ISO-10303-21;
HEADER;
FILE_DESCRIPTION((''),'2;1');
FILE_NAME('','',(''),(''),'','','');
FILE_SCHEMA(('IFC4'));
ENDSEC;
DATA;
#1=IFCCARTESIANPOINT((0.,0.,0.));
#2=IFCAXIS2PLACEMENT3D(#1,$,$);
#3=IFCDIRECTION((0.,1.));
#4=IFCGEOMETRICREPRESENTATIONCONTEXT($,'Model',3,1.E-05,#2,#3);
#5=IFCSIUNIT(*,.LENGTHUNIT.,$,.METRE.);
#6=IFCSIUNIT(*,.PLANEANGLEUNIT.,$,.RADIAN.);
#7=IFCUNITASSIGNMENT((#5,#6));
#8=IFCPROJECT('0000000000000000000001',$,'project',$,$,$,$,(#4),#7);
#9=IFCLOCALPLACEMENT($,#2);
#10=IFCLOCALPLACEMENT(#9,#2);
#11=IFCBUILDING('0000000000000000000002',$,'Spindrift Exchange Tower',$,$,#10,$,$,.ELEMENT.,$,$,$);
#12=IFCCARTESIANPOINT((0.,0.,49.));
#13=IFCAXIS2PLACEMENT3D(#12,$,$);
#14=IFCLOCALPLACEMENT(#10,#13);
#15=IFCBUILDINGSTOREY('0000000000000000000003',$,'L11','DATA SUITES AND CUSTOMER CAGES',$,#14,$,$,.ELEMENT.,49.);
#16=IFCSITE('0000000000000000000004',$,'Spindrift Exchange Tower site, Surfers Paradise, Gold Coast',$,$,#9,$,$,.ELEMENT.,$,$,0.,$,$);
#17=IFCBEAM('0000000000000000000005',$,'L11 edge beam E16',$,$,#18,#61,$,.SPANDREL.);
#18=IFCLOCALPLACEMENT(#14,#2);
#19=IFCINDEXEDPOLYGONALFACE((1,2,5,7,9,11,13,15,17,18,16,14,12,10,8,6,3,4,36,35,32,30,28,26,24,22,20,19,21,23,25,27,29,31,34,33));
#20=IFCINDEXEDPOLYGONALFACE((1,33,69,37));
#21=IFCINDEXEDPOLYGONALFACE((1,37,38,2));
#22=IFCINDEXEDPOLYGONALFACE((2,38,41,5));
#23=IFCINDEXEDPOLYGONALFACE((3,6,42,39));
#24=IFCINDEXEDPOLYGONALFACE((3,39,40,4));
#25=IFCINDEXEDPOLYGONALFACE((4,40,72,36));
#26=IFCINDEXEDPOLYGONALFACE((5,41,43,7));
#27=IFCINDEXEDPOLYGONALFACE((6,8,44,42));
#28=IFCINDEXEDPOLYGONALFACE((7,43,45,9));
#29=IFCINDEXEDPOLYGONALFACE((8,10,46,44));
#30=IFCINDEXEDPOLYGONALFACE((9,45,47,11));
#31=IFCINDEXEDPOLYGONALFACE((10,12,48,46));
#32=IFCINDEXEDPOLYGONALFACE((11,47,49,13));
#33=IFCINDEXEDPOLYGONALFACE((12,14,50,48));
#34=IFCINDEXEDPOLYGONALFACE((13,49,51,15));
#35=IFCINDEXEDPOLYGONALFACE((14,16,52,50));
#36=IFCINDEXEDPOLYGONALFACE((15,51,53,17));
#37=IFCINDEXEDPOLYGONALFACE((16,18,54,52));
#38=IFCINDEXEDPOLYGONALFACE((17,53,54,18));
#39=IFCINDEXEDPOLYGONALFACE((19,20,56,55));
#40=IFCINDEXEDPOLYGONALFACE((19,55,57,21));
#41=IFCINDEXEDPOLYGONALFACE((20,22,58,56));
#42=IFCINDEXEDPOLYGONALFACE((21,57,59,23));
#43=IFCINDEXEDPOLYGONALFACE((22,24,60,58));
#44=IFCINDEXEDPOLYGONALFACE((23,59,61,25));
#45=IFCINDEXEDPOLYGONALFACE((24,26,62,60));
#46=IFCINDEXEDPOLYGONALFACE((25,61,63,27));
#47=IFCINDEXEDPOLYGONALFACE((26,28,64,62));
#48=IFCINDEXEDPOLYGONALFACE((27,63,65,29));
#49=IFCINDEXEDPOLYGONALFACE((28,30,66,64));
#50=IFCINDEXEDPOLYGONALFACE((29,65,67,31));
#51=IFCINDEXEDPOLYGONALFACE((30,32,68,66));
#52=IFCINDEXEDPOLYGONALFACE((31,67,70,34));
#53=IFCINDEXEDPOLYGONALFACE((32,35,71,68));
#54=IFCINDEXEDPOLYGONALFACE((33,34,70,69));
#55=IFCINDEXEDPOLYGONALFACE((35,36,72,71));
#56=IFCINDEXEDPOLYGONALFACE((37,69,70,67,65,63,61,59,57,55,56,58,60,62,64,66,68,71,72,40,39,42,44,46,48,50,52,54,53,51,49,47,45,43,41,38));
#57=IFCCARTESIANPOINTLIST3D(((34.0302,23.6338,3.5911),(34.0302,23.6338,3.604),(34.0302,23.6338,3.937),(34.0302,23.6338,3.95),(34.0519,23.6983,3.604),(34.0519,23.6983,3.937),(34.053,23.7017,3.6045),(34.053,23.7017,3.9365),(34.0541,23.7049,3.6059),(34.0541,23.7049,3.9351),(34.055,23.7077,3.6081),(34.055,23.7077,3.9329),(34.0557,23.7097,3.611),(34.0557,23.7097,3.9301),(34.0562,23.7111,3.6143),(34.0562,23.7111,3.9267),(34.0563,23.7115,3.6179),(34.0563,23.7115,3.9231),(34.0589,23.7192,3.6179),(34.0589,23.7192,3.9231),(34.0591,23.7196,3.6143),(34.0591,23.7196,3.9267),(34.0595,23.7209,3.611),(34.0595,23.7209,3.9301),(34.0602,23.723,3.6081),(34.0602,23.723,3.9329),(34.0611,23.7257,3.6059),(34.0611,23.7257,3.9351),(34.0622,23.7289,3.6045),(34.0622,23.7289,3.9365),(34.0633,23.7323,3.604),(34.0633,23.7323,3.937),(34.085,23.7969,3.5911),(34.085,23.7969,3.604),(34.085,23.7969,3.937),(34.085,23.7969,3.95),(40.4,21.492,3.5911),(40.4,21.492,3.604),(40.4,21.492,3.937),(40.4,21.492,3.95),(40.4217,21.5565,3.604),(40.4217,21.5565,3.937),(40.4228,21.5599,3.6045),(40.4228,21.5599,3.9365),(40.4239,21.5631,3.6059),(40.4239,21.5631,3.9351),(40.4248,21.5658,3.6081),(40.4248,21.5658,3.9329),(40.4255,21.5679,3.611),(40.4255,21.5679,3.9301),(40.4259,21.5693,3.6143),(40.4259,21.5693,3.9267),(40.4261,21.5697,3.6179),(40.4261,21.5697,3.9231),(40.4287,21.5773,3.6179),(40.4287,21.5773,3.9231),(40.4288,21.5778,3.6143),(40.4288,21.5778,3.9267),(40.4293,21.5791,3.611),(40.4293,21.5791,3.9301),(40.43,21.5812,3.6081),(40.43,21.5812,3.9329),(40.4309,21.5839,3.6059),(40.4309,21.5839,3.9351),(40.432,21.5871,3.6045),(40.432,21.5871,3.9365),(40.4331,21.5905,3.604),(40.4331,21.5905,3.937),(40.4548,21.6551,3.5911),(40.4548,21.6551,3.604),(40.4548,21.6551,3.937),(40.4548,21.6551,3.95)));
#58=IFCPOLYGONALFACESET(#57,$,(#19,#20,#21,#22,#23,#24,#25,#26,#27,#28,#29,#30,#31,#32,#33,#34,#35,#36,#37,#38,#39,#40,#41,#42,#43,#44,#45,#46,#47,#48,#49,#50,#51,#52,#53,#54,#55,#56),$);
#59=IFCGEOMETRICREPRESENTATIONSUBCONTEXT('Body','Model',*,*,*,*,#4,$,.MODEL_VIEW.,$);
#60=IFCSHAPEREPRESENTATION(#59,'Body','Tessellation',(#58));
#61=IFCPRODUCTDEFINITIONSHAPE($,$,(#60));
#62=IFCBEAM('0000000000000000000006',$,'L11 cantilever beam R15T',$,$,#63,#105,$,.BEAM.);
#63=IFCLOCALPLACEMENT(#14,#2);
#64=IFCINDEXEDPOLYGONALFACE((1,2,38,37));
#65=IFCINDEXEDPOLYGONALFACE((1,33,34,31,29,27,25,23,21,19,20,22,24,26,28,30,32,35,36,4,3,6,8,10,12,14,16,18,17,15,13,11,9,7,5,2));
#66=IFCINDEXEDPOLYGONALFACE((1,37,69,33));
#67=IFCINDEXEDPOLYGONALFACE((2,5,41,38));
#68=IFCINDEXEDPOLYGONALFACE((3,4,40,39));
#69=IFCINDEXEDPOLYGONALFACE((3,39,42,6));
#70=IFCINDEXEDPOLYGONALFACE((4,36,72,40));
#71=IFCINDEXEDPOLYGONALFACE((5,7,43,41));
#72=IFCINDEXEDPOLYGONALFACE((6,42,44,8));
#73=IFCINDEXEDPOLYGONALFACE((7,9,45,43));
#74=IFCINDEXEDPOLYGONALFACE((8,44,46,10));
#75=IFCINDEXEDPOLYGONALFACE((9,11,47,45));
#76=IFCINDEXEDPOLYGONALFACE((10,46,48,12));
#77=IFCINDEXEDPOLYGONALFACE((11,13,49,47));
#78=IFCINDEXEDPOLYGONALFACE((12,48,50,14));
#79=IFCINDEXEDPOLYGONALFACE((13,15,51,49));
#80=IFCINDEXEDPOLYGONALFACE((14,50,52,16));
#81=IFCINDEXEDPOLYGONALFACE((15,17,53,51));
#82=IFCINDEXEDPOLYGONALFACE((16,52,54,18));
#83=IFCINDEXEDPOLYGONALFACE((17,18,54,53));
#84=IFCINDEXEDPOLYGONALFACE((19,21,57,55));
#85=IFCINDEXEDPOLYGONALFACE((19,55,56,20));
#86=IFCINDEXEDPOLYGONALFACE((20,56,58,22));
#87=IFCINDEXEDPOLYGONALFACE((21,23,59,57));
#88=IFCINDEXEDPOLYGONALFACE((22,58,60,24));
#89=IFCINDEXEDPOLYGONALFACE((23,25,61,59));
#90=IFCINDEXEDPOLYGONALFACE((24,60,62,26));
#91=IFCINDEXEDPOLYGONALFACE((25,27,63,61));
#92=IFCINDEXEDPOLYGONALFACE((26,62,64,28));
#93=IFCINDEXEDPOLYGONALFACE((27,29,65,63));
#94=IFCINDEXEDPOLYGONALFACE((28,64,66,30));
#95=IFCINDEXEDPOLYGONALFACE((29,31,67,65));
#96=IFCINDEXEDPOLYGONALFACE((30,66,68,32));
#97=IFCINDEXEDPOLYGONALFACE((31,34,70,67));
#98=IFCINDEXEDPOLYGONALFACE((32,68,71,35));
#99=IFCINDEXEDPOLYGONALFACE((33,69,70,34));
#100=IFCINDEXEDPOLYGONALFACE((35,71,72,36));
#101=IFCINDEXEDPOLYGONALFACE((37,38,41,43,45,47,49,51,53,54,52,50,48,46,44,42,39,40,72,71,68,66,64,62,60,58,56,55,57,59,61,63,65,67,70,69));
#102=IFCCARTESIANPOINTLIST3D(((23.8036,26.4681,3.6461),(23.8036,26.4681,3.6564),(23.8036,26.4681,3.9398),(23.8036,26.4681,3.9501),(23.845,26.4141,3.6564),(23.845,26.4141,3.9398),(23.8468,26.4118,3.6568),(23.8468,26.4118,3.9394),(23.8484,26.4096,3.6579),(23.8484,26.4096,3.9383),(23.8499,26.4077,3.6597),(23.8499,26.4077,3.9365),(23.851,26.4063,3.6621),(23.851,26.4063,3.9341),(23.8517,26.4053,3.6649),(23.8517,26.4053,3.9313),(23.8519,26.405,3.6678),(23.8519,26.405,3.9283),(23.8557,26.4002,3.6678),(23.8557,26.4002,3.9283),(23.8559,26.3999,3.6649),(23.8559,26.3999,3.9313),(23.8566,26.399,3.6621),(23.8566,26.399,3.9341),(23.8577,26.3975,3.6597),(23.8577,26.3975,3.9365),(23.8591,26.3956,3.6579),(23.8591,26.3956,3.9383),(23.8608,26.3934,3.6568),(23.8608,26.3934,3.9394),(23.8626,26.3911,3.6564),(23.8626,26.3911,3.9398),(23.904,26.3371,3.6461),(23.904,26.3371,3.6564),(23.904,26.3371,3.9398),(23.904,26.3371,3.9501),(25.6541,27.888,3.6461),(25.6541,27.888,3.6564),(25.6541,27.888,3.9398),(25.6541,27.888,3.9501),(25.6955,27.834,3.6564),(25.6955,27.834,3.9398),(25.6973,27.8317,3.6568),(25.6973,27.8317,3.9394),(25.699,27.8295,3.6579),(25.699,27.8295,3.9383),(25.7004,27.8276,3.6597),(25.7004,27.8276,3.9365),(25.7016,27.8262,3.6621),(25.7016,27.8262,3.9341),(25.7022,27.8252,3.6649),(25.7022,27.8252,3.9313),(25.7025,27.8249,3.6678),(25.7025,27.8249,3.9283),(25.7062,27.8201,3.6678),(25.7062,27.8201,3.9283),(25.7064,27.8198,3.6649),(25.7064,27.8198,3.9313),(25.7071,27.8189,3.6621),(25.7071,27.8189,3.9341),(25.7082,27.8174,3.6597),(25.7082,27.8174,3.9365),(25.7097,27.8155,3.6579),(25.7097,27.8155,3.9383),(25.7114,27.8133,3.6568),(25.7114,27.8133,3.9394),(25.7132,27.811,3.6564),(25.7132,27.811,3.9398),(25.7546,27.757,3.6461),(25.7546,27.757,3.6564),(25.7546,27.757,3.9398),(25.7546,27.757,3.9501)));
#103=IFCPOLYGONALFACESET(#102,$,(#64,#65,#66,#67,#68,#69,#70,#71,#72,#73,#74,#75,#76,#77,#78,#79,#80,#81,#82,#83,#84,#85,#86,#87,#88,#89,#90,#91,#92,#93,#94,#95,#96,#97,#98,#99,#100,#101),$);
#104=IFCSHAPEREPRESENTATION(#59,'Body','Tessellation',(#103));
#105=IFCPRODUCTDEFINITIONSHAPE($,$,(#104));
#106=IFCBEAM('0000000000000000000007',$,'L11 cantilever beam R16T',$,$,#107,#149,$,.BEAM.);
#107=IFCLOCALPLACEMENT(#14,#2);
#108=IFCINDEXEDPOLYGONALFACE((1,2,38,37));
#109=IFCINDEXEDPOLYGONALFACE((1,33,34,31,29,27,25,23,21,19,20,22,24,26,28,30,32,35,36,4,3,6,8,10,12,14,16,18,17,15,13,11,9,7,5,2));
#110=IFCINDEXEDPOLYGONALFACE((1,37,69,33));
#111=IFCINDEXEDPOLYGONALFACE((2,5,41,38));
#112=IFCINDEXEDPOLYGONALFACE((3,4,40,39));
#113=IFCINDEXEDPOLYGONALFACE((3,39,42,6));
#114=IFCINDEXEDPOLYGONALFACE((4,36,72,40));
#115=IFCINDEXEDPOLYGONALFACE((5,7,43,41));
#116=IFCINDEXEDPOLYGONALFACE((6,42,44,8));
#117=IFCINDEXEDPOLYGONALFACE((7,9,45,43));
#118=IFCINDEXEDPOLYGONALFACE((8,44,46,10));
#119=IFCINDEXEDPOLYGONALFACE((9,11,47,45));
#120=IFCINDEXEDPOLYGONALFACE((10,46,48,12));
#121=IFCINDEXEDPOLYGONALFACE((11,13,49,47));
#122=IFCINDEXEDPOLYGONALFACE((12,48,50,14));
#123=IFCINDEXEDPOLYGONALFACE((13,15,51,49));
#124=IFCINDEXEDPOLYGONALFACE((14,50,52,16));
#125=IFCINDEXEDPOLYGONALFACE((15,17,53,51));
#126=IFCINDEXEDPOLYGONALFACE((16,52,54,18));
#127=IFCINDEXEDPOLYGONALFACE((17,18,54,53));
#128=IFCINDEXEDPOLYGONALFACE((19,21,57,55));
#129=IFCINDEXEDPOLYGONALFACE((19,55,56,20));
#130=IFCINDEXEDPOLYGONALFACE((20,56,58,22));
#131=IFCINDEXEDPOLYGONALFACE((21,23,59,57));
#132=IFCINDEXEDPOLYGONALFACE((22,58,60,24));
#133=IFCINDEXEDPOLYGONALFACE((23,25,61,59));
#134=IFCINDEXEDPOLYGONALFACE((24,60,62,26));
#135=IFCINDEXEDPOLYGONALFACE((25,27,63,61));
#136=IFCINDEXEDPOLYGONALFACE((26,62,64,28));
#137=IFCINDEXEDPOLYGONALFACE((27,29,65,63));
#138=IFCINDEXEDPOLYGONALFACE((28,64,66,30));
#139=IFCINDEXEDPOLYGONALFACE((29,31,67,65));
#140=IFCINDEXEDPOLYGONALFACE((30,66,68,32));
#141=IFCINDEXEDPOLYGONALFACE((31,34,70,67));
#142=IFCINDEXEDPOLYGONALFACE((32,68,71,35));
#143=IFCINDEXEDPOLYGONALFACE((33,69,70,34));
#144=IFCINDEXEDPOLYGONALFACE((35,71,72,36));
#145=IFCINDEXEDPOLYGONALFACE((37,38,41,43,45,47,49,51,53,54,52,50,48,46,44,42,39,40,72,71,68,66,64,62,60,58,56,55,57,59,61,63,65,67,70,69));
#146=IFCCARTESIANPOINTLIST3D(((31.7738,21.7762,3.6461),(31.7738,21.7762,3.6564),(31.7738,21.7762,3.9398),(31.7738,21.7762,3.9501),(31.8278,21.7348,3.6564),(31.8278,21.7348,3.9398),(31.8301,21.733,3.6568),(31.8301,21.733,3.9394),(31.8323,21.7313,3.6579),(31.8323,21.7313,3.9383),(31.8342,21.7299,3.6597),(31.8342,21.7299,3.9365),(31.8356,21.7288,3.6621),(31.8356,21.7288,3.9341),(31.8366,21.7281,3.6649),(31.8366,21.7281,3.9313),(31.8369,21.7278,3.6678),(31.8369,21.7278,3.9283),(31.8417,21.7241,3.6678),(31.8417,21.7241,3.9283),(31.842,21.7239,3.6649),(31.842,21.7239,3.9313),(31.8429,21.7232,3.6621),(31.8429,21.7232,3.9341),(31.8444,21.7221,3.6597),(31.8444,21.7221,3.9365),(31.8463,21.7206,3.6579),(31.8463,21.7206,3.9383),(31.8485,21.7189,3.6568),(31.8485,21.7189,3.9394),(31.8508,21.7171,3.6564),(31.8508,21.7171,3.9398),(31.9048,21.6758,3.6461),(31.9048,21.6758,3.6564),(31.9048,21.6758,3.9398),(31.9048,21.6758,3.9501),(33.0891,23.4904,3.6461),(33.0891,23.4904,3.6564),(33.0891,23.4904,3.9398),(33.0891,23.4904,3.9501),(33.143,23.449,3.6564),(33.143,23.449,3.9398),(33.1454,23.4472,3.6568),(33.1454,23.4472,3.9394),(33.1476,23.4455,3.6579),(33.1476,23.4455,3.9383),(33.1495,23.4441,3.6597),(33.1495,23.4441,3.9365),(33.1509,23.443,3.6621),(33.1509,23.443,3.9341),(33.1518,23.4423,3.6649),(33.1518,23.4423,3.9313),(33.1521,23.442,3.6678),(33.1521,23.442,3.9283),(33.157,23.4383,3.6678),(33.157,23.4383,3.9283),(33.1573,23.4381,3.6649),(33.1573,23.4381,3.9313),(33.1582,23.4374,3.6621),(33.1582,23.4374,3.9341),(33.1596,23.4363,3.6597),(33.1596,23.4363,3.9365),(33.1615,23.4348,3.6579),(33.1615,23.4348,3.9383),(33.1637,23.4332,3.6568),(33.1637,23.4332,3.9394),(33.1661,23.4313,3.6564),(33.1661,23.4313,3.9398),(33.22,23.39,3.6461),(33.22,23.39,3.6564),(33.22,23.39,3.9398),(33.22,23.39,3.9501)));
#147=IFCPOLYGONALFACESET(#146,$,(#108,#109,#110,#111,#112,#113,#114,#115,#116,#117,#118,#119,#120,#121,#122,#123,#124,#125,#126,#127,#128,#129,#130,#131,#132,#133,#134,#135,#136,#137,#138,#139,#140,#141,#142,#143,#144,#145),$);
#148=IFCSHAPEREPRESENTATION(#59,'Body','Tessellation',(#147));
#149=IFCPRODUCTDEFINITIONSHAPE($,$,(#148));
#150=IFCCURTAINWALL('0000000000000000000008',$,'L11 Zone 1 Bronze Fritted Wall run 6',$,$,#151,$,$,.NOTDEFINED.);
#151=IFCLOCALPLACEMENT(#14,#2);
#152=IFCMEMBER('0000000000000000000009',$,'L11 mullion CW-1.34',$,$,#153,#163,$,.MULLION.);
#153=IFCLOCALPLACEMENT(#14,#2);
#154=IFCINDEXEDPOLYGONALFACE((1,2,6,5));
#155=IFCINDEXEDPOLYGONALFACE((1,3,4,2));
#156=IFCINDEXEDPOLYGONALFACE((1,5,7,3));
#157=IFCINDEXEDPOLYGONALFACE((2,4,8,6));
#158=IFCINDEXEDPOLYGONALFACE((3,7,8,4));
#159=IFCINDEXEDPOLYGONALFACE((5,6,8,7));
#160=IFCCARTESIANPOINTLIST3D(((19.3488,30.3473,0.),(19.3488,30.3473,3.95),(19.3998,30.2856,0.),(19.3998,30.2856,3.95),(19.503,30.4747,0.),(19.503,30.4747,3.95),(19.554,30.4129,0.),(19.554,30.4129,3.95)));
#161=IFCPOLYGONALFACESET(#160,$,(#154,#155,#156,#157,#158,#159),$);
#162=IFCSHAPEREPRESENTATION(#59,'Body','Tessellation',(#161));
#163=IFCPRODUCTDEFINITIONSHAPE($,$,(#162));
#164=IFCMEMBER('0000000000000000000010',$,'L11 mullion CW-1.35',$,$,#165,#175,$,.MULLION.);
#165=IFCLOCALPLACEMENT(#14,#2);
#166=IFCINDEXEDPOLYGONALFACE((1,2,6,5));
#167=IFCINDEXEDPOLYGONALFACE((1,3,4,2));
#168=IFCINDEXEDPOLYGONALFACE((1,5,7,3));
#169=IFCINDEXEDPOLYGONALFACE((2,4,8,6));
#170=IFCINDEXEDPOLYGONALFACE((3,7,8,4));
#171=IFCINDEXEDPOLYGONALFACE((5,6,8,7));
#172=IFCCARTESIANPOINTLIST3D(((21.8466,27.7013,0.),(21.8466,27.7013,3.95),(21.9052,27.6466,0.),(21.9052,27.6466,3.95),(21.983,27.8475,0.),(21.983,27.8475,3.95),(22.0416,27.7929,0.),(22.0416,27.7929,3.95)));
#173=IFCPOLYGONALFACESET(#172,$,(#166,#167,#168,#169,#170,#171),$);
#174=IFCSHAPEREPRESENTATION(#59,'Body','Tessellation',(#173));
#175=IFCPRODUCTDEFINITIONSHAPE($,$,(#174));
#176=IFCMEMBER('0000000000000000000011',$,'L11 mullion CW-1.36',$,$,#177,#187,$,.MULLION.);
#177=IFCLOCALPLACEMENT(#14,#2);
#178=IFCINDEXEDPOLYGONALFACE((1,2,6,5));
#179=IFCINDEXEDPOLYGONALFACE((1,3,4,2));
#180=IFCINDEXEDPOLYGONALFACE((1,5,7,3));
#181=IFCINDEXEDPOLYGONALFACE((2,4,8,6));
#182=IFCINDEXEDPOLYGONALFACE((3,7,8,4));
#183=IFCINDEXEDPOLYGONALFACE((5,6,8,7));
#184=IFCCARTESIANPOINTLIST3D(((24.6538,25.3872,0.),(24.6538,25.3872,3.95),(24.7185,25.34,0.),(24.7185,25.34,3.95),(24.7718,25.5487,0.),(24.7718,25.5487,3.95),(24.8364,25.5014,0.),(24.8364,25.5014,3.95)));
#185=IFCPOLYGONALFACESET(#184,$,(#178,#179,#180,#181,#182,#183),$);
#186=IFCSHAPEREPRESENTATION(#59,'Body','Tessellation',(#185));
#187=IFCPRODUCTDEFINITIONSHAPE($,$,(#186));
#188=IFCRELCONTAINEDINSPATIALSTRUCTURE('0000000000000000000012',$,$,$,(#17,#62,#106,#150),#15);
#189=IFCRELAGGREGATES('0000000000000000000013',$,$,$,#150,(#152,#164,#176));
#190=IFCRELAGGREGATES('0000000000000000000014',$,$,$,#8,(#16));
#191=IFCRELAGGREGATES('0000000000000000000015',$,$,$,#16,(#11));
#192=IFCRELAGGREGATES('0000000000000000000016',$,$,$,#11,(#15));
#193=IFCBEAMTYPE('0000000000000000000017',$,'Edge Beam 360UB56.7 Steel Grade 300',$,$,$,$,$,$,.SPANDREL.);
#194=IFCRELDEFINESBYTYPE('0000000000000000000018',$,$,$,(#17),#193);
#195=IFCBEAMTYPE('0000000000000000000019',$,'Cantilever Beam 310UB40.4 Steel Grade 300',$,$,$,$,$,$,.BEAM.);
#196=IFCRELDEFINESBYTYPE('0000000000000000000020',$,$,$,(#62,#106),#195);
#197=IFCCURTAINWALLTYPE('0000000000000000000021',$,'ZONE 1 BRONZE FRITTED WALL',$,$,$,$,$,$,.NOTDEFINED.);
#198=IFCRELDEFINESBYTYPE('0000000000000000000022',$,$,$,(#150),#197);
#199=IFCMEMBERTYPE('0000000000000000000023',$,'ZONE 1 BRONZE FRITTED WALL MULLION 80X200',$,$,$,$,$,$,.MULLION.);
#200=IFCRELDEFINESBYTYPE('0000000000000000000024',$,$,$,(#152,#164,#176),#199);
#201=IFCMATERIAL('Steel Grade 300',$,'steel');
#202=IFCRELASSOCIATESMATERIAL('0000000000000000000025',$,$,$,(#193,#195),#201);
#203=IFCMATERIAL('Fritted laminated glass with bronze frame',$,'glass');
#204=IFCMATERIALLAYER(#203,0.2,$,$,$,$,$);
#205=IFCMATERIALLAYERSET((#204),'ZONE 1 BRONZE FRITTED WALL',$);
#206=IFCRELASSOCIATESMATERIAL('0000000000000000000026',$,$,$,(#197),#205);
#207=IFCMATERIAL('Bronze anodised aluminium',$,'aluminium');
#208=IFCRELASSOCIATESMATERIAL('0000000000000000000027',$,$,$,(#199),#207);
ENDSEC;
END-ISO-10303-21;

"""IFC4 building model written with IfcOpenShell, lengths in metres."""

from ifc_helpers import new_model, si_unit, direction, frame, origin, origin_2d, place, context, subcontext, project, spatial, rectangle, i_section, extrude, source, transform, mapped, material, layer, layer_set, material_profile, profile_set, type_object, element, aggregate, save


model = new_model("IFC4")

# Units and contexts
model_context = context("Model", 3, precision=1e-05, world=origin(), true_north=direction((0.0, 1.0)))
body_context = subcontext(model_context, "Body", "Model", "MODEL_VIEW")
ifc_project = project(units=[si_unit("LENGTHUNIT", "METRE"), si_unit("PLANEANGLEUNIT", "RADIAN")], contexts=[model_context])

# Site, building, storey
site_placement = place(None, origin())
site = spatial("IfcSite", under=ifc_project, at=site_placement, Name="Spindrift Exchange Tower site, Surfers Paradise, Gold Coast", CompositionType="ELEMENT", RefElevation=0.0)
building_placement = place(site_placement, origin())
building = spatial("IfcBuilding", under=site, at=building_placement, Name="Spindrift Exchange Tower", CompositionType="ELEMENT")
storey_placement = place(building_placement, frame((0.0, 0.0, 49.0)))
storey = spatial("IfcBuildingStorey", under=building, at=storey_placement, Name="L11", Description="DATA SUITES AND CUSTOMER CAGES", CompositionType="ELEMENT", Elevation=49.0)

# Beams
ifc_material_1 = material(Name="Steel Grade 300", Category="steel")
ifc_material_profile_1 = material_profile(ifc_material_1, i_section(OverallWidth=0.1721, OverallDepth=0.3589, WebThickness=0.0081, FlangeThickness=0.0129, FilletRadius=0.0139, at=origin_2d()), Name="360UB56.7")
ifc_profile_set_1 = profile_set([ifc_material_profile_1], Name="Steel Grade 300")
beam_type_1 = type_object("IfcBeamType", Name="Edge Beam 360UB56.7 Steel Grade 300", PredefinedType="SPANDREL", material=ifc_profile_set_1)
shared_shape_1 = source(origin(), body_context, "Body", "SweptSolid", [
    extrude(i_section(OverallWidth=0.1721, OverallDepth=0.3589, WebThickness=0.0081, FlangeThickness=0.0129, FilletRadius=0.0139, at=origin_2d()), origin(), (0.0, 0.0, 1.0), 6.7202),
])
beam_1_placement = place(storey_placement, frame((34.0576, 23.7153, 3.7705), z_axis=(0.947852, -0.318712, 0.0), x_axis=(0.318712, 0.947852, 0.0)))
element("IfcBeam", 1, at=beam_1_placement, inside=storey, type_object=beam_type_1, Name="L11 edge beam E16", PredefinedType="SPANDREL", context=body_context, shape_type="MappedRepresentation", body=[
    mapped(shared_shape_1, transform((0.0, 0.0, 0.0), scale=1.0)),
])
ifc_material_profile_2 = material_profile(ifc_material_1, i_section(OverallWidth=0.165, OverallDepth=0.304, WebThickness=0.0061, FlangeThickness=0.0103, FilletRadius=0.0115, at=origin_2d()), Name="310UB40.4")
ifc_profile_set_2 = profile_set([ifc_material_profile_2], Name="Steel Grade 300")
beam_type_2 = type_object("IfcBeamType", Name="Cantilever Beam 310UB40.4 Steel Grade 300", PredefinedType="BEAM", material=ifc_profile_set_2)
shared_shape_2 = source(origin(), body_context, "Body", "SweptSolid", [
    extrude(i_section(OverallWidth=0.165, OverallDepth=0.304, WebThickness=0.0061, FlangeThickness=0.0103, FilletRadius=0.0115, at=origin_2d()), origin(), (0.0, 0.0, 1.0), 2.3325),
])
beam_2_placement = place(storey_placement, frame((25.7043, 27.8225, 3.7981), z_axis=(-0.79337, -0.608739, 0.0), x_axis=(0.608739, -0.79337, 0.0)))
element("IfcBeam", 2, at=beam_2_placement, inside=storey, type_object=beam_type_2, Name="L11 cantilever beam R15T", PredefinedType="BEAM", context=body_context, shape_type="MappedRepresentation", body=[
    mapped(shared_shape_2, transform((0.0, 0.0, 0.0), scale=1.0)),
])
shared_shape_3 = source(origin(), body_context, "Body", "SweptSolid", [
    extrude(i_section(OverallWidth=0.165, OverallDepth=0.304, WebThickness=0.0061, FlangeThickness=0.0103, FilletRadius=0.0115, at=origin_2d()), origin(), (0.0, 0.0, 1.0), 2.1606),
])
beam_3_placement = place(storey_placement, frame((33.1545, 23.4402, 3.7981), z_axis=(-0.608733, -0.793375, 0.0), x_axis=(0.793375, -0.608733, 0.0)))
element("IfcBeam", 3, at=beam_3_placement, inside=storey, type_object=beam_type_2, Name="L11 cantilever beam R16T", PredefinedType="BEAM", context=body_context, shape_type="MappedRepresentation", body=[
    mapped(shared_shape_3, transform((0.0, 0.0, 0.0), scale=1.0)),
])

# Curtain wall, members
ifc_material_2 = material(Name="Fritted laminated glass with bronze frame", Category="glass")
ifc_layer_1 = layer(ifc_material_2, 0.2)
ifc_layer_set_1 = layer_set([ifc_layer_1], Name="ZONE 1 BRONZE FRITTED WALL")
curtain_wall_type = type_object("IfcCurtainWallType", Name="ZONE 1 BRONZE FRITTED WALL", PredefinedType="NOTDEFINED", material=ifc_layer_set_1)
curtain_wall_1_placement = place(storey_placement, origin())
curtain_wall_1 = element("IfcCurtainWall", 4, at=curtain_wall_1_placement, inside=storey, type_object=curtain_wall_type, Name="L11 Zone 1 Bronze Fritted Wall run 6", PredefinedType="NOTDEFINED")
ifc_material_3 = material(Name="Bronze anodised aluminium", Category="aluminium")
ifc_material_profile_3 = material_profile(ifc_material_3, rectangle(XDim=0.0801, YDim=0.2, at=origin_2d()), Name="ZONE 1 BRONZE FRITTED WALL MULLION 80X200")
ifc_profile_set_3 = profile_set([ifc_material_profile_3], Name="Bronze anodised aluminium")
member_type_1 = type_object("IfcMemberType", Name="ZONE 1 BRONZE FRITTED WALL MULLION 80X200", PredefinedType="MULLION", material=ifc_profile_set_3)
shared_shape_4 = source(origin(), body_context, "Body", "SweptSolid", [
    extrude(rectangle(XDim=0.0801, YDim=0.2, at=origin_2d()), origin(), (0.0, 0.0, 1.0), 3.95),
])
member_1_placement = place(storey_placement, frame((19.4514, 30.3801, 0.0), z_axis=(0.0, 0.0, 1.0), x_axis=(0.636708, -0.771105, 0.0)))
member_1 = element("IfcMember", 5, at=member_1_placement, type_object=member_type_1, Name="L11 mullion CW-1.34", PredefinedType="MULLION", context=body_context, shape_type="MappedRepresentation", body=[
    mapped(shared_shape_4, transform((0.0, 0.0, 0.0), scale=1.0)),
])
member_2_placement = place(storey_placement, frame((21.9441, 27.7471, 0.0), z_axis=(0.0, 0.0, 1.0), x_axis=(0.731397, -0.681951, 0.0)))
member_2 = element("IfcMember", 6, at=member_2_placement, type_object=member_type_1, Name="L11 mullion CW-1.35", PredefinedType="MULLION", context=body_context, shape_type="MappedRepresentation", body=[
    mapped(shared_shape_4, transform((0.0, 0.0, 0.0), scale=1.0)),
])
member_3_placement = place(storey_placement, frame((24.7451, 25.4443, 0.0), z_axis=(0.0, 0.0, 1.0), x_axis=(0.807465, -0.589916, 0.0)))
member_3 = element("IfcMember", 7, at=member_3_placement, type_object=member_type_1, Name="L11 mullion CW-1.36", PredefinedType="MULLION", context=body_context, shape_type="MappedRepresentation", body=[
    mapped(shared_shape_4, transform((0.0, 0.0, 0.0), scale=1.0)),
])

aggregate(curtain_wall_1, [member_1, member_2, member_3])

save(model, "model.ifc")
